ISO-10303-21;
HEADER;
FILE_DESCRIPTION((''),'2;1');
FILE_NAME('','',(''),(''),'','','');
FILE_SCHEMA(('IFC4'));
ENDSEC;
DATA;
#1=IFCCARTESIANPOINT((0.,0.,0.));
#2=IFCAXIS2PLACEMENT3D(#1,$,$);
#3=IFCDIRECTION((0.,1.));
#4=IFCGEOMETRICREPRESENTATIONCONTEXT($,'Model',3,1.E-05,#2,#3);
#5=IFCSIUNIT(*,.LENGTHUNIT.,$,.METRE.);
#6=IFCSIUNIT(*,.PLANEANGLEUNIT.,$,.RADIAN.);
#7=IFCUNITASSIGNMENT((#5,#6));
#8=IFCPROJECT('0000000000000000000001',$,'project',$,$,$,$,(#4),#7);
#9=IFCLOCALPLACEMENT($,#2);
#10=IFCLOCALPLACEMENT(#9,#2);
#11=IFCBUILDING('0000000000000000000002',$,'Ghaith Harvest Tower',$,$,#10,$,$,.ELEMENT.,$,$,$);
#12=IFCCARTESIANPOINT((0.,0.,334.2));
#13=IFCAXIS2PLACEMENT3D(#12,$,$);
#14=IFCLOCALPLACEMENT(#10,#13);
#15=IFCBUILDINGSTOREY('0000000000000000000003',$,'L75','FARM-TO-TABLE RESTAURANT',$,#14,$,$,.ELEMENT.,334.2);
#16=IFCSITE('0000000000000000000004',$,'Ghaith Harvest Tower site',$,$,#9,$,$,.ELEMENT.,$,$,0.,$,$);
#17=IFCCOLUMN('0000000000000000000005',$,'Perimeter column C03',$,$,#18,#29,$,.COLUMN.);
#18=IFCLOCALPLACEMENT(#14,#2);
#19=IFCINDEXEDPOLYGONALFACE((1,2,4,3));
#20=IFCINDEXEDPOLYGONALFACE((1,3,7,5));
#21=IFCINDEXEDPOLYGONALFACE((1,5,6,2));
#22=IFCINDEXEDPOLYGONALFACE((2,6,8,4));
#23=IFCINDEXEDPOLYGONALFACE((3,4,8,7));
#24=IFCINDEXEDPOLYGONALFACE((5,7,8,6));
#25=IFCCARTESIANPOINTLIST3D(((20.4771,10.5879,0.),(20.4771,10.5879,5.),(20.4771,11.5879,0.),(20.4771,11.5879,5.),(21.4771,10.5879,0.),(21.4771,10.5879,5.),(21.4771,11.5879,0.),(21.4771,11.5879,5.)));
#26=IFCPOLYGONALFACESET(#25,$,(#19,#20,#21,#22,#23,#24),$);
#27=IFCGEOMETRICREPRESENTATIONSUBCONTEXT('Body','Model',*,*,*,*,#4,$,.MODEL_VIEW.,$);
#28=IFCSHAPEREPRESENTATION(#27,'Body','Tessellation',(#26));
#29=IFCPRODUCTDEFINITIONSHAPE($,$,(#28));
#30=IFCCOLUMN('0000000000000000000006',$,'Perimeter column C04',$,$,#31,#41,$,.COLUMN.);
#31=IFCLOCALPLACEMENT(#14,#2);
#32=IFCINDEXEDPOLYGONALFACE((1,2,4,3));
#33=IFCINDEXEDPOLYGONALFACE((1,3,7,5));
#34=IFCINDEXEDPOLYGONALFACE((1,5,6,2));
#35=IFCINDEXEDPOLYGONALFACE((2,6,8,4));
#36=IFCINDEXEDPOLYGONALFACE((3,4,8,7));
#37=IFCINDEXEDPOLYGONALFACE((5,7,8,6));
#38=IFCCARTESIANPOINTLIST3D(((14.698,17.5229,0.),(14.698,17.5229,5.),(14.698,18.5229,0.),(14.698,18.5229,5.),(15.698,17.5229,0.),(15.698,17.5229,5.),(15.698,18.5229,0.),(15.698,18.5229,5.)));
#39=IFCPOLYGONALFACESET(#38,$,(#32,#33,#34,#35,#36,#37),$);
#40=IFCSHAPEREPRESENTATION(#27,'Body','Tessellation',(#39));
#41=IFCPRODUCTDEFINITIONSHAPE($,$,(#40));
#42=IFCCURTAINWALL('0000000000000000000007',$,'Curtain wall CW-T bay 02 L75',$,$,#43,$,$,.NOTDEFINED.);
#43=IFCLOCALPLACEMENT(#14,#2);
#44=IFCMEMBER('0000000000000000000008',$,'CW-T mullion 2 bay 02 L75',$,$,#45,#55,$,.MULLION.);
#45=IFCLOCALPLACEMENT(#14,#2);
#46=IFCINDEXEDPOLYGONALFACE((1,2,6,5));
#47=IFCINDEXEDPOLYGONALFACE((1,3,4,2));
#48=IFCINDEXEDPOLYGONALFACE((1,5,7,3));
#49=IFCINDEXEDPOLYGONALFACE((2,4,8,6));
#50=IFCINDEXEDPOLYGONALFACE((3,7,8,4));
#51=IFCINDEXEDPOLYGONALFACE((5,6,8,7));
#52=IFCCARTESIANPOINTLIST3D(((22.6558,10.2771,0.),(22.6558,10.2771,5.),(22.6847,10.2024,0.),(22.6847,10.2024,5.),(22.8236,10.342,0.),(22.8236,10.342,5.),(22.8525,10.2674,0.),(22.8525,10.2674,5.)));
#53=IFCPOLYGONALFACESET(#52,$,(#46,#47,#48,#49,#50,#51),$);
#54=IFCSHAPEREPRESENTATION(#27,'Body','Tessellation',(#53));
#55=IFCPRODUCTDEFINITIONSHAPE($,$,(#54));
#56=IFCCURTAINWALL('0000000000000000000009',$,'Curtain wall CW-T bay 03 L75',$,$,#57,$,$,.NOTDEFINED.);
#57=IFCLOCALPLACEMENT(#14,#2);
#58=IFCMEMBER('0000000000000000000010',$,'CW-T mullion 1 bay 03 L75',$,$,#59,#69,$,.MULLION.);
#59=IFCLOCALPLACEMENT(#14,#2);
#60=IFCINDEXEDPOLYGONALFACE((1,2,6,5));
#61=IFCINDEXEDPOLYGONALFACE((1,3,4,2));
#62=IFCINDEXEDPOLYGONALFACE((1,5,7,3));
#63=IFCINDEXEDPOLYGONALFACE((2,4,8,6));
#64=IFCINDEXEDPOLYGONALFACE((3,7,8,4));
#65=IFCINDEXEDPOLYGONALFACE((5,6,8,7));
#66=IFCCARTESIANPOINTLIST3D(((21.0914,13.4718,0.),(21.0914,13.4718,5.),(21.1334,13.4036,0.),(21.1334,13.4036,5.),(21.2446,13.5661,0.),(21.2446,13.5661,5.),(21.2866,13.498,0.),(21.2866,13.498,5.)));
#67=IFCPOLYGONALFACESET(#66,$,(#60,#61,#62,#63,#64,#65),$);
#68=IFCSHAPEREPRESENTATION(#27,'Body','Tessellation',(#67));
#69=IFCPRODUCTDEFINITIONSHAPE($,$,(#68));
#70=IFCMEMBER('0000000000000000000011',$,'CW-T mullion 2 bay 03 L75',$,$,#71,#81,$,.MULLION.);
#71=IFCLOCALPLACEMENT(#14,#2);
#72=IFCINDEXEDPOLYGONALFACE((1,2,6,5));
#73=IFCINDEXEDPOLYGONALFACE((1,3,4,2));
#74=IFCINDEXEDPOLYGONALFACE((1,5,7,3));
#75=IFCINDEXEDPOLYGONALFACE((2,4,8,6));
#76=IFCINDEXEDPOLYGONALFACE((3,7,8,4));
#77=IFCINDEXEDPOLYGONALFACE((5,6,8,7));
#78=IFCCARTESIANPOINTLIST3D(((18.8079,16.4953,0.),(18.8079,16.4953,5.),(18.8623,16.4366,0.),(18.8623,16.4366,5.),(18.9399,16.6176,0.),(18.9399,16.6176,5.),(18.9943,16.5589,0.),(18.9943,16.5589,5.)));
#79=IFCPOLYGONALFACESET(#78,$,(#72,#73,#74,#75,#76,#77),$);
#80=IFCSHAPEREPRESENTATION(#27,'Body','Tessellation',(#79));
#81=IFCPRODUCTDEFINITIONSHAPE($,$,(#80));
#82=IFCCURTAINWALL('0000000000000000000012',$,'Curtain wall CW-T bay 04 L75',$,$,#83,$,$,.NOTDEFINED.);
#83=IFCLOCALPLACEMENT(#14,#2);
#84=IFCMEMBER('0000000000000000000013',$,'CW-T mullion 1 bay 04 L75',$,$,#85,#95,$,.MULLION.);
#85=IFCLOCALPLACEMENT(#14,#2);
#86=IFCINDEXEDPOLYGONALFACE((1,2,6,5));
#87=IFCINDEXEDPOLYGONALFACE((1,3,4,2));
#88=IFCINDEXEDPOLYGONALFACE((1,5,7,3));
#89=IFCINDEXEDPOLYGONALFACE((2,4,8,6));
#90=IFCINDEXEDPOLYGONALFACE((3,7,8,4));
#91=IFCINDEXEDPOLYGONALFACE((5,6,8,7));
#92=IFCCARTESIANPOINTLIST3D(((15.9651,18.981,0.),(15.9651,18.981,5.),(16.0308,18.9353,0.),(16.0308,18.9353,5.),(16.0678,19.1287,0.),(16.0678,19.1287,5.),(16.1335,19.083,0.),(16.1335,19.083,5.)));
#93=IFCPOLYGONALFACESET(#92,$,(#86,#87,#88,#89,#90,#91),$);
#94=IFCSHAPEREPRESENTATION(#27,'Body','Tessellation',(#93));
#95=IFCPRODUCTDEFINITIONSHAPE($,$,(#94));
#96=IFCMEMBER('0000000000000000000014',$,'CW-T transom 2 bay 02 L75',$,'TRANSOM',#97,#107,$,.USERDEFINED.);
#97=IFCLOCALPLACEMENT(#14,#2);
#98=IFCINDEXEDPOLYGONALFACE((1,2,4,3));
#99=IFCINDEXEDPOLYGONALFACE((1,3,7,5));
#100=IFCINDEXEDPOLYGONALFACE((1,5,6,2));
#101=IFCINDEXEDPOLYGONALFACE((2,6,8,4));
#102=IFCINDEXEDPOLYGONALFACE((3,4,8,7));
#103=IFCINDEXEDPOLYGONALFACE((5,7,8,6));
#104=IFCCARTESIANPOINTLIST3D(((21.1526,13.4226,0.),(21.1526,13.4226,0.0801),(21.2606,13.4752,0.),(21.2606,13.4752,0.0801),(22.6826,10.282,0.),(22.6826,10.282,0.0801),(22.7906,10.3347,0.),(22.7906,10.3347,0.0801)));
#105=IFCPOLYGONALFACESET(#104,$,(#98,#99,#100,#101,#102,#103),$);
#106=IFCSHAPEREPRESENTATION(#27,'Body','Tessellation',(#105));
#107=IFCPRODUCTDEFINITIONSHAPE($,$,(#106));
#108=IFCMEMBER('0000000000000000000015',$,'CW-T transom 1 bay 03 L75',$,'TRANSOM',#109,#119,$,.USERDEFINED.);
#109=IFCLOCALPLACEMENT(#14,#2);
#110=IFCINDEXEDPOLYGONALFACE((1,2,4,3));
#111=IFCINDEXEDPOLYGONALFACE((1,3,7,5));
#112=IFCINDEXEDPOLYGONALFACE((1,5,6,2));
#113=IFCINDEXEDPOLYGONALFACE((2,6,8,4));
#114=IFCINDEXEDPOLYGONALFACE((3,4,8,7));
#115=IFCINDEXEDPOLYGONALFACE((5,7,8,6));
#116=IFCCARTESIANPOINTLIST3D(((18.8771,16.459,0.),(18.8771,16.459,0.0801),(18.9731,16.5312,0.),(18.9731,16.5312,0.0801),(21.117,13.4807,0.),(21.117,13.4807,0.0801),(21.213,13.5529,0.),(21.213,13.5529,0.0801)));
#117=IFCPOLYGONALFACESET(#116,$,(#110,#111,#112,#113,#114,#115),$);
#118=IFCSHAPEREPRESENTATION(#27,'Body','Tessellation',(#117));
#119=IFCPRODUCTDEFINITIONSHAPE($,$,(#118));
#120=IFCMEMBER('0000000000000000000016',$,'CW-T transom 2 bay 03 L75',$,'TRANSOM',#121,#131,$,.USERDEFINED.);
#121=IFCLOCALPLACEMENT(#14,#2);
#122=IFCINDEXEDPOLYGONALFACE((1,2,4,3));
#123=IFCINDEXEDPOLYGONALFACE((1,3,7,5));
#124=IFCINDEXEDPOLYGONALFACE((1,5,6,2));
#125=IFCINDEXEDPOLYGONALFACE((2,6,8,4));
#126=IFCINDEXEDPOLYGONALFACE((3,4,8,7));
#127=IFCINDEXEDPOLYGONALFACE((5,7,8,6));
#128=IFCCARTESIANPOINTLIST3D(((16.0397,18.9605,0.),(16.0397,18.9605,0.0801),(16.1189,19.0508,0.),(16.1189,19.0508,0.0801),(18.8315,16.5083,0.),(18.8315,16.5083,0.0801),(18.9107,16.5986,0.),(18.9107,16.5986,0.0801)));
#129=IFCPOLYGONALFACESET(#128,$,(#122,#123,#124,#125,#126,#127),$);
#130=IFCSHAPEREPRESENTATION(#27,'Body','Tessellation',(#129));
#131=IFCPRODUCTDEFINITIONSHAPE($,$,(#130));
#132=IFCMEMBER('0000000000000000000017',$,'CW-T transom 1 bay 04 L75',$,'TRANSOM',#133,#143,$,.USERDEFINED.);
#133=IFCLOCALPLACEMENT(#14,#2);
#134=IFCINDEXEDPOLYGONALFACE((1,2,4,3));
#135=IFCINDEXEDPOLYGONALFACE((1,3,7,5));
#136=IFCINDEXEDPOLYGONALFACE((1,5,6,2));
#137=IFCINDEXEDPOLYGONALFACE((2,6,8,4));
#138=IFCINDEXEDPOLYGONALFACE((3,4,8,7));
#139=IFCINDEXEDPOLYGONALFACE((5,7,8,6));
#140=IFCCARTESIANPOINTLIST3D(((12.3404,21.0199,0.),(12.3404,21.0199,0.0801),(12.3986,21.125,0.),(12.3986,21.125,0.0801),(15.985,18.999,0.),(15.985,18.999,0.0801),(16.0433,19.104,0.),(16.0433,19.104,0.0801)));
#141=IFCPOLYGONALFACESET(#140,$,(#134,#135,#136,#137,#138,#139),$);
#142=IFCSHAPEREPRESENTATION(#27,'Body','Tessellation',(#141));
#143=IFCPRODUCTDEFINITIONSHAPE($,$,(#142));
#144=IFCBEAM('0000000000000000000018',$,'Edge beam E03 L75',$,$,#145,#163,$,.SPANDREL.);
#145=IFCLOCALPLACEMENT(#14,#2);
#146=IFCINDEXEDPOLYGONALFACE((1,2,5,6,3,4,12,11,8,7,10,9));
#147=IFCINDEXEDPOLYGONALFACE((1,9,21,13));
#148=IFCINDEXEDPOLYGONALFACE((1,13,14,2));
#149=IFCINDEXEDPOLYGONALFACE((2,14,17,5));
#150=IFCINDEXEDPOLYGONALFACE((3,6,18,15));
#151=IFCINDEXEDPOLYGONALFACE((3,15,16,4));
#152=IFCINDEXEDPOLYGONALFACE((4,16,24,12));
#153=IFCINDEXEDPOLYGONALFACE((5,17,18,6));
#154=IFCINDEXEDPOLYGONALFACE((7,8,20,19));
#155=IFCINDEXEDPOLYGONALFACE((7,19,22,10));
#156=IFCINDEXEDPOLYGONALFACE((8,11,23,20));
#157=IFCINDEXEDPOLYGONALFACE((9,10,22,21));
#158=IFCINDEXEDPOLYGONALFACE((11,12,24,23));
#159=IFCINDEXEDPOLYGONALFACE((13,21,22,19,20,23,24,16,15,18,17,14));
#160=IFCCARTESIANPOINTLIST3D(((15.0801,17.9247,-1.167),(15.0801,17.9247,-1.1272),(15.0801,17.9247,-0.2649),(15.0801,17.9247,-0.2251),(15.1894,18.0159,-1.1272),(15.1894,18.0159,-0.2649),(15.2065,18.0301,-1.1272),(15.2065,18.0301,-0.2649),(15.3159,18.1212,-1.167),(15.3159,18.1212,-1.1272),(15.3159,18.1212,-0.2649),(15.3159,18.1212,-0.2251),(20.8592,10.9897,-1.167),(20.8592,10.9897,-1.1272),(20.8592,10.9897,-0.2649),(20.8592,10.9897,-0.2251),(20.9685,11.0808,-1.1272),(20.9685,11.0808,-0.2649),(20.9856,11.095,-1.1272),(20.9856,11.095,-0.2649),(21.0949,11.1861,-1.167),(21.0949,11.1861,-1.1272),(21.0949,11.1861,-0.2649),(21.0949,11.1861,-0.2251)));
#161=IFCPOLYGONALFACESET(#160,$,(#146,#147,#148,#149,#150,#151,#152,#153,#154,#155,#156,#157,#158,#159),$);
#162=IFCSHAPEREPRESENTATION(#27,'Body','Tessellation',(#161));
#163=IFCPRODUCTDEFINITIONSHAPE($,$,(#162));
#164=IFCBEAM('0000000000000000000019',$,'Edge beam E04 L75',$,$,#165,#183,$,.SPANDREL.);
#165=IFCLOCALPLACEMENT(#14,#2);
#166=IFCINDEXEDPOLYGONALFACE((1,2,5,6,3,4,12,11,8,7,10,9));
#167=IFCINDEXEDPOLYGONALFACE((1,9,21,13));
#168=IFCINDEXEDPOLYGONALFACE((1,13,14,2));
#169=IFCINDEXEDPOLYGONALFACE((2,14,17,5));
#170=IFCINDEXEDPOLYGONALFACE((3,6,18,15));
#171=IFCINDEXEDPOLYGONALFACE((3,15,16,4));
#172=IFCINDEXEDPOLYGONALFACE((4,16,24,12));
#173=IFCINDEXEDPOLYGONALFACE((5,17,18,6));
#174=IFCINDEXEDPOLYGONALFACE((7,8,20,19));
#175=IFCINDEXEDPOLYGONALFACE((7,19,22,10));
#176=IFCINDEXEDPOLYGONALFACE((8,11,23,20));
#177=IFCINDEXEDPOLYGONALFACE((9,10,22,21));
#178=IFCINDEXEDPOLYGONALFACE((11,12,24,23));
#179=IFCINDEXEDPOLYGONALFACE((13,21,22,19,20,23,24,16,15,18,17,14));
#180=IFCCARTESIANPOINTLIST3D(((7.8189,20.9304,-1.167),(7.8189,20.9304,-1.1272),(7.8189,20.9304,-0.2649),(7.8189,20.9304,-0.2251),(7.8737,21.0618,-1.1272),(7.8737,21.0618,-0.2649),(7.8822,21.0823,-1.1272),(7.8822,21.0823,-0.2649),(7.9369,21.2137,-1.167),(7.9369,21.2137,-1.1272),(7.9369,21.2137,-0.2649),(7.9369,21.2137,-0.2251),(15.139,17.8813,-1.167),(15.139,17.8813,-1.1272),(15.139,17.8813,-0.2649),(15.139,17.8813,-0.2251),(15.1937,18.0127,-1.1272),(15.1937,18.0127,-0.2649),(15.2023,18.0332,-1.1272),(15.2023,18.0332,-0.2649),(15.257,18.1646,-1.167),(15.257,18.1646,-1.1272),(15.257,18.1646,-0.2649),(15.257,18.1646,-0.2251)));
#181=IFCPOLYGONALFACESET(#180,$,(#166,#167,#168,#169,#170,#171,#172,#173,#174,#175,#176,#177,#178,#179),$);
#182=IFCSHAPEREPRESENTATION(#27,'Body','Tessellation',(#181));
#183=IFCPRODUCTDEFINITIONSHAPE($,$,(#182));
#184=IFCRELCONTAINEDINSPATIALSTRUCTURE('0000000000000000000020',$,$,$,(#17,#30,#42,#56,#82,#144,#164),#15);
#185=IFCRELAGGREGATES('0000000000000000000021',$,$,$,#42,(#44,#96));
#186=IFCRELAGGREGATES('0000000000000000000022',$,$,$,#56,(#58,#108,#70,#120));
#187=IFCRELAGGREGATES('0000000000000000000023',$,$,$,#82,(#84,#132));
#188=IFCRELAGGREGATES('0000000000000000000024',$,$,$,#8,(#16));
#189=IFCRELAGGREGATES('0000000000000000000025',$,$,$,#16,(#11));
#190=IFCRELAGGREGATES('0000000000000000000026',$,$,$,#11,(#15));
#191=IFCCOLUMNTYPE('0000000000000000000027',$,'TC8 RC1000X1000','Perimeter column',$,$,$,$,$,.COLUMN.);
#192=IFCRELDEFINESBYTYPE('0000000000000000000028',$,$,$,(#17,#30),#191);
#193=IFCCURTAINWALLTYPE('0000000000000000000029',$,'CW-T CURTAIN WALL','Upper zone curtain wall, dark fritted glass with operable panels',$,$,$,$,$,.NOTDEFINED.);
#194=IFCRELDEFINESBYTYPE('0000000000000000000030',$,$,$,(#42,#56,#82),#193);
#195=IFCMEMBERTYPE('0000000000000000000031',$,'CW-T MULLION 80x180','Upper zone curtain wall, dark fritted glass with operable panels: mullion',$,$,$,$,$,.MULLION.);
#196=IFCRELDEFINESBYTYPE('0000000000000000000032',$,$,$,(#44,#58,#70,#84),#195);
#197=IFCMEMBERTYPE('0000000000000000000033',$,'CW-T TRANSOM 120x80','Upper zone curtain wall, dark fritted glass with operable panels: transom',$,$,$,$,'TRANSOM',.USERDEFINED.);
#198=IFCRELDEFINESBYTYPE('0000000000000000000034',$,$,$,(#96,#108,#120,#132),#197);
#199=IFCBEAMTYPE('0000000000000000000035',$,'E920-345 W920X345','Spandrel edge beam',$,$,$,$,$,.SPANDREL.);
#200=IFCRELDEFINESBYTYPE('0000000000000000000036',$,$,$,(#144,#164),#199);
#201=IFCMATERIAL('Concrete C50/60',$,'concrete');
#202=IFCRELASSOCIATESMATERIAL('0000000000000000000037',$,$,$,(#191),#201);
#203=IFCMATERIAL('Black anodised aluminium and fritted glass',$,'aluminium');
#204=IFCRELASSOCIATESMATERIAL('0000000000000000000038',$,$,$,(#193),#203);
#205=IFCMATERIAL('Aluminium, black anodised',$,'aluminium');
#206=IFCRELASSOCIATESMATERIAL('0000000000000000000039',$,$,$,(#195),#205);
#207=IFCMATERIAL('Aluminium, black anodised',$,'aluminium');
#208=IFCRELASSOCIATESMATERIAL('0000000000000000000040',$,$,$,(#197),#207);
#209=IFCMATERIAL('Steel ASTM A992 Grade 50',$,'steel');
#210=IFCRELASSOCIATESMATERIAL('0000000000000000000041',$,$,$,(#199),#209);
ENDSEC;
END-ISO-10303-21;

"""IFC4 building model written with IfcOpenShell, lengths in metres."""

from ifc_helpers import new_model, si_unit, direction, frame, origin, origin_2d, place, context, subcontext, project, spatial, rectangle, i_section, extrude, material, material_profile, profile_set, type_object, element, aggregate, save


model = new_model("IFC4")

# Units and contexts
model_context = context("Model", 3, precision=1e-05, world=origin(), true_north=direction((0.0, 1.0)))
body_context = subcontext(model_context, "Body", "Model", "MODEL_VIEW")
ifc_project = project(units=[si_unit("LENGTHUNIT", "METRE"), si_unit("PLANEANGLEUNIT", "RADIAN")], contexts=[model_context])

# Site, building, storey
site_placement = place(None, origin())
site = spatial("IfcSite", under=ifc_project, at=site_placement, Name="Ghaith Harvest Tower site", CompositionType="ELEMENT", RefElevation=0.0)
building_placement = place(site_placement, origin())
building = spatial("IfcBuilding", under=site, at=building_placement, Name="Ghaith Harvest Tower", CompositionType="ELEMENT")
storey_placement = place(building_placement, frame((0.0, 0.0, 334.2)))
storey = spatial("IfcBuildingStorey", under=building, at=storey_placement, Name="L75", Description="FARM-TO-TABLE RESTAURANT", CompositionType="ELEMENT", Elevation=334.2)

# Columns
ifc_material_1 = material(Name="Concrete C50/60", Category="concrete")
ifc_material_profile_1 = material_profile(ifc_material_1, rectangle(XDim=1.0, YDim=1.0, at=origin_2d()), Name="RC1000X1000")
ifc_profile_set_1 = profile_set([ifc_material_profile_1], Name="Concrete C50/60")
column_type = type_object("IfcColumnType", Name="TC8 RC1000X1000", Description="Perimeter column", PredefinedType="COLUMN", material=ifc_profile_set_1)
for number, where, z_axis, x_axis, name in (
    (1, (20.9771, 11.0879, 0.0), (0.0, 0.0, 1.0), (1.0, 0.0, 0.0), "Perimeter column C03"),
    (2, (15.198, 18.0229, 0.0), (0.0, 0.0, 1.0), (1.0, 0.0, 0.0), "Perimeter column C04"),
):
    element("IfcColumn", number, at=place(storey_placement, frame(where, z_axis=z_axis, x_axis=x_axis)), inside=storey, type_object=column_type, Name=name, PredefinedType="COLUMN", context=body_context, shape_type="SweptSolid", body=[
        extrude(rectangle(XDim=1.0, YDim=1.0, at=origin_2d()), origin(), (0.0, 0.0, 1.0), 5.0),
    ])

# Curtain wall, member
ifc_material_2 = material(Name="Black anodised aluminium and fritted glass", Category="aluminium")
curtain_wall_type = type_object("IfcCurtainWallType", Name="CW-T CURTAIN WALL", Description="Upper zone curtain wall, dark fritted glass with operable panels", PredefinedType="NOTDEFINED", material=ifc_material_2)
curtain_wall_1_placement = place(storey_placement, origin())
curtain_wall_1 = element("IfcCurtainWall", 3, at=curtain_wall_1_placement, inside=storey, type_object=curtain_wall_type, Name="Curtain wall CW-T bay 02 L75", PredefinedType="NOTDEFINED")
ifc_material_3 = material(Name="Aluminium, black anodised", Category="aluminium")
ifc_material_profile_2 = material_profile(ifc_material_3, rectangle(XDim=0.0801, YDim=0.1799, at=origin_2d()), Name="CW-T MULLION 80x180")
ifc_profile_set_2 = profile_set([ifc_material_profile_2], Name="Aluminium, black anodised")
member_type_1 = type_object("IfcMemberType", Name="CW-T MULLION 80x180", Description="Upper zone curtain wall, dark fritted glass with operable panels: mullion", PredefinedType="MULLION", material=ifc_profile_set_2)
member_1_placement = place(storey_placement, frame((22.7542, 10.2722, 0.0), z_axis=(0.0, 0.0, 1.0), x_axis=(-0.361184, 0.932494, 0.0)))
member_1 = element("IfcMember", 4, at=member_1_placement, type_object=member_type_1, Name="CW-T mullion 2 bay 02 L75", PredefinedType="MULLION", context=body_context, shape_type="SweptSolid", body=[
    extrude(rectangle(XDim=0.0801, YDim=0.1799, at=origin_2d()), origin(), (0.0, 0.0, 1.0), 5.0),
])

# Curtain wall, members
curtain_wall_2_placement = place(storey_placement, origin())
curtain_wall_2 = element("IfcCurtainWall", 5, at=curtain_wall_2_placement, inside=storey, type_object=curtain_wall_type, Name="Curtain wall CW-T bay 03 L75", PredefinedType="NOTDEFINED")
member_2_placement = place(storey_placement, frame((21.189, 13.4849, 0.0), z_axis=(0.0, 0.0, 1.0), x_axis=(-0.524482, 0.851421, 0.0)))
member_2 = element("IfcMember", 6, at=member_2_placement, type_object=member_type_1, Name="CW-T mullion 1 bay 03 L75", PredefinedType="MULLION", context=body_context, shape_type="SweptSolid", body=[
    extrude(rectangle(XDim=0.0801, YDim=0.1799, at=origin_2d()), origin(), (0.0, 0.0, 1.0), 5.0),
])
member_3_placement = place(storey_placement, frame((18.9011, 16.5271, 0.0), z_axis=(0.0, 0.0, 1.0), x_axis=(-0.679661, 0.733526, 0.0)))
member_3 = element("IfcMember", 7, at=member_3_placement, type_object=member_type_1, Name="CW-T mullion 2 bay 03 L75", PredefinedType="MULLION", context=body_context, shape_type="SweptSolid", body=[
    extrude(rectangle(XDim=0.0801, YDim=0.1799, at=origin_2d()), origin(), (0.0, 0.0, 1.0), 5.0),
])

# Curtain wall, member
curtain_wall_3_placement = place(storey_placement, origin())
curtain_wall_3 = element("IfcCurtainWall", 8, at=curtain_wall_3_placement, inside=storey, type_object=curtain_wall_type, Name="Curtain wall CW-T bay 04 L75", PredefinedType="NOTDEFINED")
member_4_placement = place(storey_placement, frame((16.0493, 19.032, 0.0), z_axis=(0.0, 0.0, 1.0), x_axis=(-0.821112, 0.570767, 0.0)))
member_4 = element("IfcMember", 9, at=member_4_placement, type_object=member_type_1, Name="CW-T mullion 1 bay 04 L75", PredefinedType="MULLION", context=body_context, shape_type="SweptSolid", body=[
    extrude(rectangle(XDim=0.0801, YDim=0.1799, at=origin_2d()), origin(), (0.0, 0.0, 1.0), 5.0),
])

# Members
ifc_material_4 = material(Name="Aluminium, black anodised", Category="aluminium")
ifc_material_profile_3 = material_profile(ifc_material_4, rectangle(XDim=0.1201, YDim=0.0801, at=origin_2d()), Name="CW-T TRANSOM 120x80")
ifc_profile_set_3 = profile_set([ifc_material_profile_3], Name="Aluminium, black anodised")
member_type_2 = type_object("IfcMemberType", Name="CW-T TRANSOM 120x80", Description="Upper zone curtain wall, dark fritted glass with operable panels: transom", ElementType="TRANSOM", PredefinedType="USERDEFINED", material=ifc_profile_set_3)
member_5_placement = place(storey_placement, frame((22.7366, 10.3083, 0.04), z_axis=(-0.437965, 0.898992, 0.0), x_axis=(-0.898992, -0.437965, 0.0)))
member_5 = element("IfcMember", 10, at=member_5_placement, type_object=member_type_2, Name="CW-T transom 2 bay 02 L75", ObjectType="TRANSOM", PredefinedType="USERDEFINED", context=body_context, shape_type="SweptSolid", body=[
    extrude(rectangle(XDim=0.1201, YDim=0.0801, at=origin_2d()), origin(), (0.0, 0.0, 1.0), 3.4934),
])
member_6_placement = place(storey_placement, frame((21.165, 13.5168, 0.04), z_axis=(-0.601079, 0.79919, 0.0), x_axis=(-0.79919, -0.601079, 0.0)))
member_6 = element("IfcMember", 11, at=member_6_placement, type_object=member_type_2, Name="CW-T transom 1 bay 03 L75", ObjectType="TRANSOM", PredefinedType="USERDEFINED", context=body_context, shape_type="SweptSolid", body=[
    extrude(rectangle(XDim=0.1201, YDim=0.0801, at=origin_2d()), origin(), (0.0, 0.0, 1.0), 3.7266),
])
member_7_placement = place(storey_placement, frame((18.8711, 16.5535, 0.04), z_axis=(-0.751326, 0.659931, 0.0), x_axis=(-0.659931, -0.751326, 0.0)))
member_7 = element("IfcMember", 12, at=member_7_placement, type_object=member_type_2, Name="CW-T transom 2 bay 03 L75", ObjectType="TRANSOM", PredefinedType="USERDEFINED", context=body_context, shape_type="SweptSolid", body=[
    extrude(rectangle(XDim=0.1201, YDim=0.0801, at=origin_2d()), origin(), (0.0, 0.0, 1.0), 3.7158),
])
member_8_placement = place(storey_placement, frame((16.0142, 19.0515, 0.04), z_axis=(-0.874552, 0.484932, 0.0), x_axis=(-0.484932, -0.874552, 0.0)))
member_8 = element("IfcMember", 13, at=member_8_placement, type_object=member_type_2, Name="CW-T transom 1 bay 04 L75", ObjectType="TRANSOM", PredefinedType="USERDEFINED", context=body_context, shape_type="SweptSolid", body=[
    extrude(rectangle(XDim=0.1201, YDim=0.0801, at=origin_2d()), origin(), (0.0, 0.0, 1.0), 4.1675),
])

# Beams
ifc_material_5 = material(Name="Steel ASTM A992 Grade 50", Category="steel")
ifc_material_profile_4 = material_profile(ifc_material_5, i_section(OverallWidth=0.3069, OverallDepth=0.9419, WebThickness=0.0222, FlangeThickness=0.0398, at=origin_2d()), Name="W920X345")
ifc_profile_set_4 = profile_set([ifc_material_profile_4], Name="Steel ASTM A992 Grade 50")
beam_type_1 = type_object("IfcBeamType", Name="E920-345 W920X345", Description="Spandrel edge beam", PredefinedType="SPANDREL", material=ifc_profile_set_4)
beam_1_placement = place(storey_placement, frame((20.9771, 11.0879, -0.696), z_axis=(-0.640174, 0.76823, 0.0), x_axis=(-0.76823, -0.640174, 0.0)))
element("IfcBeam", 14, at=beam_1_placement, inside=storey, type_object=beam_type_1, Name="Edge beam E03 L75", PredefinedType="SPANDREL", context=body_context, shape_type="SweptSolid", body=[
    extrude(i_section(OverallWidth=0.3069, OverallDepth=0.9419, WebThickness=0.0222, FlangeThickness=0.0398, at=origin_2d()), origin(), (0.0, 0.0, 1.0), 9.0273),
])
beam_2_placement = place(storey_placement, frame((15.198, 18.0229, -0.696), z_axis=(-0.92312, 0.384513, 0.0), x_axis=(-0.384513, -0.92312, 0.0)))
element("IfcBeam", 15, at=beam_2_placement, inside=storey, type_object=beam_type_1, Name="Edge beam E04 L75", PredefinedType="SPANDREL", context=body_context, shape_type="SweptSolid", body=[
    extrude(i_section(OverallWidth=0.3069, OverallDepth=0.9419, WebThickness=0.0222, FlangeThickness=0.0398, at=origin_2d()), origin(), (0.0, 0.0, 1.0), 7.9297),
])

aggregate(curtain_wall_1, [member_1, member_5])
aggregate(curtain_wall_2, [member_2, member_6, member_3, member_7])
aggregate(curtain_wall_3, [member_4, member_8])

save(model, "model.ifc")
